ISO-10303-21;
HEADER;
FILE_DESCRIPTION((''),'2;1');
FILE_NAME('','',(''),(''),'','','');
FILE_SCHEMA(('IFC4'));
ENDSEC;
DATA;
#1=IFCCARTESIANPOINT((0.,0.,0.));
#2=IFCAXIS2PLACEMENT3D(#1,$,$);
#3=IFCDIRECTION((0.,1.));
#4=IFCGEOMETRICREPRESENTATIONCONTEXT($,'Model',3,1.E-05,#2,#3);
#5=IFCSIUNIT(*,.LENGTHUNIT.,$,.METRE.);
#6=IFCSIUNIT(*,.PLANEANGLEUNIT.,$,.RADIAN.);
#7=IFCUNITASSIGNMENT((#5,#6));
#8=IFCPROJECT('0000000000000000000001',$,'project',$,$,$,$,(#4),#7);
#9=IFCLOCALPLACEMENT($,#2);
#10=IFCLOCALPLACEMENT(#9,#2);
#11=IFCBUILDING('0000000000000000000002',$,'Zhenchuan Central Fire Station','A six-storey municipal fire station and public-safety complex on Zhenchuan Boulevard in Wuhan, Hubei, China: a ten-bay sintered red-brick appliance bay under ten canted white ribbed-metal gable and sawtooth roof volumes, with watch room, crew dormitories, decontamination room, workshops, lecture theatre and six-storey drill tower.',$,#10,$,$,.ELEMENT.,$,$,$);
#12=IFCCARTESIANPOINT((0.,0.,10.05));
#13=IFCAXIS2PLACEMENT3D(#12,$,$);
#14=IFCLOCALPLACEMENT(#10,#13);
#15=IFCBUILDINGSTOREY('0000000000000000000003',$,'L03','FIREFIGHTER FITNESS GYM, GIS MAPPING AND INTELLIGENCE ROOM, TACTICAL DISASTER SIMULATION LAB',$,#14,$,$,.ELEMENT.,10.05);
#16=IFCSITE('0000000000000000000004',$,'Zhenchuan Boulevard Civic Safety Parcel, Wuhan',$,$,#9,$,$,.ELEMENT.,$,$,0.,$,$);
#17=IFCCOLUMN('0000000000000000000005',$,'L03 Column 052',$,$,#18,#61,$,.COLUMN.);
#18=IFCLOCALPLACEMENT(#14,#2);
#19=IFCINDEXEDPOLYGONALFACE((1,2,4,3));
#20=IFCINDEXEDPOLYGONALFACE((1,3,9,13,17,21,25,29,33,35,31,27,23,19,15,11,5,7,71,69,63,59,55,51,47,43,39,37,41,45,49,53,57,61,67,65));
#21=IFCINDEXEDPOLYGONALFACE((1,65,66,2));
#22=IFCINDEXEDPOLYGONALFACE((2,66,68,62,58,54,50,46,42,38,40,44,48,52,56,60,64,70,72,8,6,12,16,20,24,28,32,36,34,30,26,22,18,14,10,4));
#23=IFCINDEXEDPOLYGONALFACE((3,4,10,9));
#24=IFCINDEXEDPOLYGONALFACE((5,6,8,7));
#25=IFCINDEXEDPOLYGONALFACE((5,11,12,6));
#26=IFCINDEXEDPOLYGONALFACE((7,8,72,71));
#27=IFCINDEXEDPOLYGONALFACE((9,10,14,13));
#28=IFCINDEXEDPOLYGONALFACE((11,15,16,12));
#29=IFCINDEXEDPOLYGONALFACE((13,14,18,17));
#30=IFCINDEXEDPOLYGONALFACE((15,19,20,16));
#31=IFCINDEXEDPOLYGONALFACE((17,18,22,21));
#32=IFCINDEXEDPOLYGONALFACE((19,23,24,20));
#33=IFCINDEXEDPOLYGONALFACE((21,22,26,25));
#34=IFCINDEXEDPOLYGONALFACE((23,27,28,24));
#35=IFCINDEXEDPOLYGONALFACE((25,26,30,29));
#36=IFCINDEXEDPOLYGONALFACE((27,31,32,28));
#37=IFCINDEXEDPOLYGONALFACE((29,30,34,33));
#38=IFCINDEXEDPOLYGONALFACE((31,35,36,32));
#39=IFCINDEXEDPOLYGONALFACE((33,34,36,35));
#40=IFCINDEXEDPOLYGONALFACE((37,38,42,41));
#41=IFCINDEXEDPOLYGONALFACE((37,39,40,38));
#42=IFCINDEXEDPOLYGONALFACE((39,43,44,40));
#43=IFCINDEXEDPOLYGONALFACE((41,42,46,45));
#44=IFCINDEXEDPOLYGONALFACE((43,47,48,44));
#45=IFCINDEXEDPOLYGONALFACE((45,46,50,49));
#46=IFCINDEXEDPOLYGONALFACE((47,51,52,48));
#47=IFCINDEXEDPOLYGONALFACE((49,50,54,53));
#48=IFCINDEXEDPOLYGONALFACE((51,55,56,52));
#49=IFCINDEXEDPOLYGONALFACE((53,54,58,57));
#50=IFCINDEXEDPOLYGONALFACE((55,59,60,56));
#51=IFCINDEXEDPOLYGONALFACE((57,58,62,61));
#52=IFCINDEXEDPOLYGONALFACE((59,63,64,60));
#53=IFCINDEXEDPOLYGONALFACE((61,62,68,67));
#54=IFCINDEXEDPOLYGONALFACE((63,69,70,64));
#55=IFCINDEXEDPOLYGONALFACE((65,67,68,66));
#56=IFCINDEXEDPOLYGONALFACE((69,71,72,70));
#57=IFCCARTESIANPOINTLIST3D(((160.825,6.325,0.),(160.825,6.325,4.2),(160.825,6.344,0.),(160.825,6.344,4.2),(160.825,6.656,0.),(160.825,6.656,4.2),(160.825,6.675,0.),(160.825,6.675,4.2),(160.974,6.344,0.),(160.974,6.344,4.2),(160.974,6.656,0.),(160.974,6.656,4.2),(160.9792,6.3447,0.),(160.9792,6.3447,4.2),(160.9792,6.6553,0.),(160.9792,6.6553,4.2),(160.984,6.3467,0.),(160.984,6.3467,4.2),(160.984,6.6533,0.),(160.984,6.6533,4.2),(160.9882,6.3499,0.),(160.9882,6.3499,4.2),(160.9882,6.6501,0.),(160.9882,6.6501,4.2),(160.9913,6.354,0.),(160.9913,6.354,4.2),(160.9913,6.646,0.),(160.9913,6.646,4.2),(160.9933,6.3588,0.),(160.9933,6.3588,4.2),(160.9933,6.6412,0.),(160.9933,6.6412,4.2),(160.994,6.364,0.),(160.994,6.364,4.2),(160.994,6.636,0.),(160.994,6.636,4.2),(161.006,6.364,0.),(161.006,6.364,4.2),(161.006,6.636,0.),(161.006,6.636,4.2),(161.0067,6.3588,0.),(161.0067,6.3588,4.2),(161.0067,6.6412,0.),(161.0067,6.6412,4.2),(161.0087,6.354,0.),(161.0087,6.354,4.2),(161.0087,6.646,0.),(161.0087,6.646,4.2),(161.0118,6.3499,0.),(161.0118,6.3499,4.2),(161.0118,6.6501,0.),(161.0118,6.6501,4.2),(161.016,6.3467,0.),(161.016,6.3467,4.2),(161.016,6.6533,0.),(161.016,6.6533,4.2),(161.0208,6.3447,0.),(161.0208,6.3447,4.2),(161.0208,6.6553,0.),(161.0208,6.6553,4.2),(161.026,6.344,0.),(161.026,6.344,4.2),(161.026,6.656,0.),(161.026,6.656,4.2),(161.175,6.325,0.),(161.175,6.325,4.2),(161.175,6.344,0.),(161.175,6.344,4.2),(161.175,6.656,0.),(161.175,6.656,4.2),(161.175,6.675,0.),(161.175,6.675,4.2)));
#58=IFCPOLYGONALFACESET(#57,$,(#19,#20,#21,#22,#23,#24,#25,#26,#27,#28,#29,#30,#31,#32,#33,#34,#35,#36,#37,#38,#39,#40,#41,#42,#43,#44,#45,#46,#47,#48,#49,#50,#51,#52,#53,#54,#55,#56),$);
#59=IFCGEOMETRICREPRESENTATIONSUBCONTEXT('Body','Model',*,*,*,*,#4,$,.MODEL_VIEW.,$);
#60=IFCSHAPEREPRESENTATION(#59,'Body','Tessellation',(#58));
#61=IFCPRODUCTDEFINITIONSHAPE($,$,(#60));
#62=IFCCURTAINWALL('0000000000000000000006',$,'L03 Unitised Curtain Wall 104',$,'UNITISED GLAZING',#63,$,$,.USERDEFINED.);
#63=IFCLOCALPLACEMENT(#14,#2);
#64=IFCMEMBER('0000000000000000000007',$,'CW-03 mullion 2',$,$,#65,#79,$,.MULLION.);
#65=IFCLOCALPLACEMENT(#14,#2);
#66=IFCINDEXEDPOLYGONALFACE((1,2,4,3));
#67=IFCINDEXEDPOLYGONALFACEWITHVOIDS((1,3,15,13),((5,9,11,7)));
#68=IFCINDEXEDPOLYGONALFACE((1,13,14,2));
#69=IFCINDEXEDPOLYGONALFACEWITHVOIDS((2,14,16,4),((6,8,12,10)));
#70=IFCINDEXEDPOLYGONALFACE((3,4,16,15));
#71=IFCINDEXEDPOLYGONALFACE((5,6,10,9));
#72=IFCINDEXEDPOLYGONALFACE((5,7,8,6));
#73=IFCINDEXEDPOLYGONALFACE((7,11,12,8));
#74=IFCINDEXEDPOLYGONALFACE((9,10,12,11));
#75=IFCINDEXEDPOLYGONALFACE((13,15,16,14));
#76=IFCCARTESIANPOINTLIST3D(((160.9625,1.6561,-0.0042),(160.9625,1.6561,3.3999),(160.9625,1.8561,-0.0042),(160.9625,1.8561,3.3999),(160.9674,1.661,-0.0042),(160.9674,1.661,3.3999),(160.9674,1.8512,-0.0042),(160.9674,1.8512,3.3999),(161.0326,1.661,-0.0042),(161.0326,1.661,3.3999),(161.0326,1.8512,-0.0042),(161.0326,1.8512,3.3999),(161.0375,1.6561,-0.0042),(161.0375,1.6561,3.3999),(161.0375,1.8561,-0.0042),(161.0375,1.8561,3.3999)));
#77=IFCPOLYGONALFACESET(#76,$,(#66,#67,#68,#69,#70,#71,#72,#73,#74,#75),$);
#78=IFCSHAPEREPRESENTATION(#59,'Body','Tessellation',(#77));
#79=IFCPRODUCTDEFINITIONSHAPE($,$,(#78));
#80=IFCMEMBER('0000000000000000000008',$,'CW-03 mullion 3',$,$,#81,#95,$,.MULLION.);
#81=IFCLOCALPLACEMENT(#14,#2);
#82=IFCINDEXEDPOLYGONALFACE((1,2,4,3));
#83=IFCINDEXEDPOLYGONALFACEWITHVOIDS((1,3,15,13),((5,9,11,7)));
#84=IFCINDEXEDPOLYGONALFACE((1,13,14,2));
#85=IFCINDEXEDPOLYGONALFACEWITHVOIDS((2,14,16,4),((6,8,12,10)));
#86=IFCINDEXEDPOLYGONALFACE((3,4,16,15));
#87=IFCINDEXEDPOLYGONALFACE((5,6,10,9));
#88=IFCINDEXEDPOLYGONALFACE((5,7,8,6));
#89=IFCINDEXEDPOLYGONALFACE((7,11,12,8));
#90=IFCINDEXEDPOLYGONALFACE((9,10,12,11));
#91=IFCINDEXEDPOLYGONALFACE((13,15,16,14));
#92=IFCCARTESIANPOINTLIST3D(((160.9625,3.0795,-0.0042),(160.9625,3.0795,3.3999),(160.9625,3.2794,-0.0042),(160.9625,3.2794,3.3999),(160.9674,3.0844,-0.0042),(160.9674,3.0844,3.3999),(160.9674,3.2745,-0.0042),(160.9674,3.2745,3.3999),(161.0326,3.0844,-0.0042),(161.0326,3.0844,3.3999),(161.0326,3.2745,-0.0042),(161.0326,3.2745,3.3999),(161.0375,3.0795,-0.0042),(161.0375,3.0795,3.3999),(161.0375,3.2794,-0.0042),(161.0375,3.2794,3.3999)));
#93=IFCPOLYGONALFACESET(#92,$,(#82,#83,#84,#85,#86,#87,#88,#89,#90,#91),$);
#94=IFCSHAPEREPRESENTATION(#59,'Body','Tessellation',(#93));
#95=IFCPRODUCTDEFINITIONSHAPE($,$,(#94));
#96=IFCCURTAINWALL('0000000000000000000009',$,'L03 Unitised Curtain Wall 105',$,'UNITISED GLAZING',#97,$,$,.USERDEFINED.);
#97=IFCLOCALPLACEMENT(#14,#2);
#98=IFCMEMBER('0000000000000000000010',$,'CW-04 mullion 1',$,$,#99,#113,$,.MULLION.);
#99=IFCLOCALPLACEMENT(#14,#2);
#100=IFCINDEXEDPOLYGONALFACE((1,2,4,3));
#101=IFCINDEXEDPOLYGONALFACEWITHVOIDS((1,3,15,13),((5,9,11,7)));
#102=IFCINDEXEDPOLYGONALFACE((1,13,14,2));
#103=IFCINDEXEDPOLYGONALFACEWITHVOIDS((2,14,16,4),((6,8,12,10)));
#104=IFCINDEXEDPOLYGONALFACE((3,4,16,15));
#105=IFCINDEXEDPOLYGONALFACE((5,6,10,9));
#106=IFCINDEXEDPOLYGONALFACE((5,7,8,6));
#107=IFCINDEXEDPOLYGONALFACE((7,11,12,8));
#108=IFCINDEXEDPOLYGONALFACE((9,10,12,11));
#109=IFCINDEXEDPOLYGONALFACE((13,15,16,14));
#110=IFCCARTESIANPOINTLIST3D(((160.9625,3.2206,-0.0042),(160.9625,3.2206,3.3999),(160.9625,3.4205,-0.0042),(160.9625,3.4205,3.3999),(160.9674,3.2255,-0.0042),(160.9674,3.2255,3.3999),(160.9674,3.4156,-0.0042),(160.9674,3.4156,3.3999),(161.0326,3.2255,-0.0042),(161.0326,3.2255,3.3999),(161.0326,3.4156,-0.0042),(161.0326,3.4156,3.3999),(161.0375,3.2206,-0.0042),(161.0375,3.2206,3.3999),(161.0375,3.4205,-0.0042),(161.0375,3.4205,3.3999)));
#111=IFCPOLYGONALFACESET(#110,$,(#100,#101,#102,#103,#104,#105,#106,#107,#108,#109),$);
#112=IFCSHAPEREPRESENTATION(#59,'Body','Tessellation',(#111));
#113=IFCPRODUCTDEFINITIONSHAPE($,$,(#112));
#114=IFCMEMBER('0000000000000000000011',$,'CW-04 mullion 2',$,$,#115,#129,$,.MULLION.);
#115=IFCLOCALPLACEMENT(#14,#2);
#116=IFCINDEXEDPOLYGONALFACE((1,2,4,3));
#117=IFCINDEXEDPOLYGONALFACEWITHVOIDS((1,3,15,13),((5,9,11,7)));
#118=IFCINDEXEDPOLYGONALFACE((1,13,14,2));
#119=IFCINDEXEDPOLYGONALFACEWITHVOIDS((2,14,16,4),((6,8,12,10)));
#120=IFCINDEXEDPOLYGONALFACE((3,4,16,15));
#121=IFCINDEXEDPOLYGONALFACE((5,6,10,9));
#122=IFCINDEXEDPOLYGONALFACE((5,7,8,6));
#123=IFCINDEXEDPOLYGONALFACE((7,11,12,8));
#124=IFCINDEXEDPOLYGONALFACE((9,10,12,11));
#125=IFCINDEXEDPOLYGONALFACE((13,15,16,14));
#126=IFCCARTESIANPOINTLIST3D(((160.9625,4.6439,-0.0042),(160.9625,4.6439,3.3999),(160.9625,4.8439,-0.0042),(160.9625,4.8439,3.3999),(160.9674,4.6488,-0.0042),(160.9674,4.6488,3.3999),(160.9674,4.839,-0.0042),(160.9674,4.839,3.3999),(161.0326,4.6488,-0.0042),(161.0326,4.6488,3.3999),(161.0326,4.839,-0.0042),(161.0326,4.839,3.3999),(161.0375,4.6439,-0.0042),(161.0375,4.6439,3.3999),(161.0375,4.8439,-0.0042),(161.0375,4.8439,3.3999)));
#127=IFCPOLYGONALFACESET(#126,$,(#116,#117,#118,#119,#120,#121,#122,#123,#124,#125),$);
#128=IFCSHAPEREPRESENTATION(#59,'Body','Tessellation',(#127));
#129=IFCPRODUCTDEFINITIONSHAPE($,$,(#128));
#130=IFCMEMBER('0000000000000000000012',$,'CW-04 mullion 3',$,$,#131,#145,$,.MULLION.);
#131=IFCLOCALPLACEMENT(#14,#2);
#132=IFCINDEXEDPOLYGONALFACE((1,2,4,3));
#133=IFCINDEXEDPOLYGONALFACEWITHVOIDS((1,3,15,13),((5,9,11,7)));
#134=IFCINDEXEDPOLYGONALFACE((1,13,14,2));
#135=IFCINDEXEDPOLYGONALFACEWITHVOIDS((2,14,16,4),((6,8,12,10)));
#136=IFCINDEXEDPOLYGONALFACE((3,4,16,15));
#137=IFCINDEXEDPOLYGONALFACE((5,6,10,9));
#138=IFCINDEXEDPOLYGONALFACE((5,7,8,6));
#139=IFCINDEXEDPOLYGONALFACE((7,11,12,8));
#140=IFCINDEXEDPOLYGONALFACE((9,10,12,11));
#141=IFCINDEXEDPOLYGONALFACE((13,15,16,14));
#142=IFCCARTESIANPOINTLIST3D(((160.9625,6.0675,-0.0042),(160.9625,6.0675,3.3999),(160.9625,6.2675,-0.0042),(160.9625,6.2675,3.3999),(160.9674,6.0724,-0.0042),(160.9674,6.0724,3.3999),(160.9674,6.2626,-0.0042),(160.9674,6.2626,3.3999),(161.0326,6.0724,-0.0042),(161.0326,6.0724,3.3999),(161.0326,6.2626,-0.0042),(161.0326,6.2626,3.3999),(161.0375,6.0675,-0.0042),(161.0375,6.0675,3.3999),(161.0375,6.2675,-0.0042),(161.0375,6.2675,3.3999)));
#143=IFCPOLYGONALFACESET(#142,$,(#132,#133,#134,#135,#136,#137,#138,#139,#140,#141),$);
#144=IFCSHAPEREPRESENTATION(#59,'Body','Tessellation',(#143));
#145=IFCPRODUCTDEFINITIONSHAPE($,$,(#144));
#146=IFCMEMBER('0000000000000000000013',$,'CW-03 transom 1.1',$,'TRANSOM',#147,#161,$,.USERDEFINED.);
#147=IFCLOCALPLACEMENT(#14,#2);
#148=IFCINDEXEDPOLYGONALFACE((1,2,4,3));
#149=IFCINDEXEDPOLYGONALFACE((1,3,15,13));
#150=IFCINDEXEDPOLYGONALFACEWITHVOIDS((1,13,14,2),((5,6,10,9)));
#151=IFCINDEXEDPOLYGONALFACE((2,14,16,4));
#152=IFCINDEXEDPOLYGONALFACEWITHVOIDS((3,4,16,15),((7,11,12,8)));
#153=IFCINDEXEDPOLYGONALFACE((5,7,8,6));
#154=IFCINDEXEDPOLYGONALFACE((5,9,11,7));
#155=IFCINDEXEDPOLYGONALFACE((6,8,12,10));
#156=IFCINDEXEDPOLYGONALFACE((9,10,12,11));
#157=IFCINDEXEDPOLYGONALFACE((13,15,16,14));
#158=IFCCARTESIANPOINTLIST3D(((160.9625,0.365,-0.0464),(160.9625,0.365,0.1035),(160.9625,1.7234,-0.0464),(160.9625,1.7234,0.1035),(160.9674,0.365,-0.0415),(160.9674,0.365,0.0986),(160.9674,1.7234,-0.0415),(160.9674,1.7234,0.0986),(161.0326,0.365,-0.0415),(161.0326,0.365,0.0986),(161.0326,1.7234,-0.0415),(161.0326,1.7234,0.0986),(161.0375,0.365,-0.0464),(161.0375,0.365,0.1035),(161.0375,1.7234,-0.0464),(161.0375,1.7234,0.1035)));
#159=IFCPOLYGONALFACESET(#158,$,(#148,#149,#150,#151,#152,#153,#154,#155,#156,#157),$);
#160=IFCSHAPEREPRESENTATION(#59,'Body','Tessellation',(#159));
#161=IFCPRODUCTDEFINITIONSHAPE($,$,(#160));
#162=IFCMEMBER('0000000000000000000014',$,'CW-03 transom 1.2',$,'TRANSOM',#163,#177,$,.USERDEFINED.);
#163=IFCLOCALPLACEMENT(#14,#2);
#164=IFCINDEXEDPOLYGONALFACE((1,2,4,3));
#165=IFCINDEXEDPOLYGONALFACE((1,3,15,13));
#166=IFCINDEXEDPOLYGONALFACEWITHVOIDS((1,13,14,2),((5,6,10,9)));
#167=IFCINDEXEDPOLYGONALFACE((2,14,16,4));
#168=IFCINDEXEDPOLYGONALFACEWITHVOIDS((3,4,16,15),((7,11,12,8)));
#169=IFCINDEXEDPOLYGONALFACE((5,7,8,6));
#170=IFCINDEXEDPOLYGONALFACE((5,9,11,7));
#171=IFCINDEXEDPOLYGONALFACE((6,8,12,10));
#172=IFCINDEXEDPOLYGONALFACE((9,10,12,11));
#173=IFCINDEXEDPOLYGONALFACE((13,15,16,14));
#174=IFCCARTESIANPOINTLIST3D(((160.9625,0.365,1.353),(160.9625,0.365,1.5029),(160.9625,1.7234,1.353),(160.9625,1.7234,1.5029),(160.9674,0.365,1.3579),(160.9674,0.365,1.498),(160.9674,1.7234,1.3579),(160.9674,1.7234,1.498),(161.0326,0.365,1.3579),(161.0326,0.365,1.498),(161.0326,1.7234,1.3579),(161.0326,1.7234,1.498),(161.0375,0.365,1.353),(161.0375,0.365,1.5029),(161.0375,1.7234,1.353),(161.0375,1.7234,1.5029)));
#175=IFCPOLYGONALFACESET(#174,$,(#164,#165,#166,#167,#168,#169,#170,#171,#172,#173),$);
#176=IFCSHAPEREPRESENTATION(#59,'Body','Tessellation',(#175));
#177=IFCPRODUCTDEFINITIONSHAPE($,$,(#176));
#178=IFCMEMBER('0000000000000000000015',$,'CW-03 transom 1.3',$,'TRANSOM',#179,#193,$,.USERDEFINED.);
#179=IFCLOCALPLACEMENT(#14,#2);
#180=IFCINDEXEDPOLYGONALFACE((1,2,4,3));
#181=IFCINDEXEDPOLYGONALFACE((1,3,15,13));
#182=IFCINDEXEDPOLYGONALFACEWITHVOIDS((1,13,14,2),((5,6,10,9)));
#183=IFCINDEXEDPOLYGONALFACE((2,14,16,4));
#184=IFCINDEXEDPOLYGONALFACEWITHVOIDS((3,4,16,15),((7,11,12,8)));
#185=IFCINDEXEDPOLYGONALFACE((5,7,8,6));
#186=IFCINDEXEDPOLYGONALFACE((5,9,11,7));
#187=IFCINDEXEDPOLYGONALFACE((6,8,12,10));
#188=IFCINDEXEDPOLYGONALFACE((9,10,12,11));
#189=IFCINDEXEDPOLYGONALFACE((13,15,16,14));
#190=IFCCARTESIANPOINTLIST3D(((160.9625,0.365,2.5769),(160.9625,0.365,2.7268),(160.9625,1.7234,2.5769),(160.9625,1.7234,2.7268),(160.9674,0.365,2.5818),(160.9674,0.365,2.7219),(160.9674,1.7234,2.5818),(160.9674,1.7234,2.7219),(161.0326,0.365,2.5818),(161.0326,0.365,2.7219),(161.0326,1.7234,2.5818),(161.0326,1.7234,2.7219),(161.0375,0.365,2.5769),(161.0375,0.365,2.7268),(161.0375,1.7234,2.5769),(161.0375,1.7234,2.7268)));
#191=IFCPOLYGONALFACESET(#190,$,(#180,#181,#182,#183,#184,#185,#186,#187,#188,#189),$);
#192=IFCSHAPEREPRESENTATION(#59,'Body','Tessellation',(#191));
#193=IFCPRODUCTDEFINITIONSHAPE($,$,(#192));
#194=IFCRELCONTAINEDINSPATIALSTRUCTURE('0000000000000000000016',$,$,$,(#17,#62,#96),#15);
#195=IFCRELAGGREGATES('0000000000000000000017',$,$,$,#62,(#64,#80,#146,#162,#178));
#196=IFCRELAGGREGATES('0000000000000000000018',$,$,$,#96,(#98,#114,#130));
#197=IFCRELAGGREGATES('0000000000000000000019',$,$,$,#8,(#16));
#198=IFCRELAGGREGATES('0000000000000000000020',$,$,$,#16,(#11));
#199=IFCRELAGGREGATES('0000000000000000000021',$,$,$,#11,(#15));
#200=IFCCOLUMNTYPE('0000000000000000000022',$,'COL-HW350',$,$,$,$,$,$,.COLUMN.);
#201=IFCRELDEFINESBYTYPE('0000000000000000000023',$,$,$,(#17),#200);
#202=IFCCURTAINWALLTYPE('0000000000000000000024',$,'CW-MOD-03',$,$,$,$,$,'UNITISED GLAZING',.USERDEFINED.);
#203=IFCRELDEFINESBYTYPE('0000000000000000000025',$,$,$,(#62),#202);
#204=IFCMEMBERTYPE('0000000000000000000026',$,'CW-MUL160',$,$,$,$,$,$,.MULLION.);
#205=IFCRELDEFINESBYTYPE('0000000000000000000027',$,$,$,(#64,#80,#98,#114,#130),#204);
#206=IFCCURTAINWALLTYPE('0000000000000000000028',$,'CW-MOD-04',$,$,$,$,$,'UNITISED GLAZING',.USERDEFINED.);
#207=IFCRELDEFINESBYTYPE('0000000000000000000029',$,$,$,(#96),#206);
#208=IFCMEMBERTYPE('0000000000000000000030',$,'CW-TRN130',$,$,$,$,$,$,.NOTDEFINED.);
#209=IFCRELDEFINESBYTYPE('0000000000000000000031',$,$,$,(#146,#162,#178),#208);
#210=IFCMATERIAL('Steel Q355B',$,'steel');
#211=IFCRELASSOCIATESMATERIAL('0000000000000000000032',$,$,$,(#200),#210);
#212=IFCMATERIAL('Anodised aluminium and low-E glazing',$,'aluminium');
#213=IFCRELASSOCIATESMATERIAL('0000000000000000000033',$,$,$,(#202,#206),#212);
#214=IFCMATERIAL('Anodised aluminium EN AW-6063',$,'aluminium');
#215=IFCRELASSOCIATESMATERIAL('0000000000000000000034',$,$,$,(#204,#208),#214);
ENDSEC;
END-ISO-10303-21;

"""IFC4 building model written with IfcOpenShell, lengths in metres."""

from ifc_helpers import new_model, si_unit, direction, frame, origin, origin_2d, place, context, subcontext, project, spatial, hollow_rectangle, i_section, extrude, material, material_profile, profile_set, type_object, element, aggregate, save


model = new_model("IFC4")

# Units and contexts
model_context = context("Model", 3, precision=1e-05, world=origin(), true_north=direction((0.0, 1.0)))
body_context = subcontext(model_context, "Body", "Model", "MODEL_VIEW")
ifc_project = project(units=[si_unit("LENGTHUNIT", "METRE"), si_unit("PLANEANGLEUNIT", "RADIAN")], contexts=[model_context])

# Site, building, storey
site_placement = place(None, origin())
site = spatial("IfcSite", under=ifc_project, at=site_placement, Name="Zhenchuan Boulevard Civic Safety Parcel, Wuhan", CompositionType="ELEMENT", RefElevation=0.0)
building_placement = place(site_placement, origin())
building = spatial("IfcBuilding", under=site, at=building_placement, Name="Zhenchuan Central Fire Station", Description="A six-storey municipal fire station and public-safety complex on Zhenchuan Boulevard in Wuhan, Hubei, China: a ten-bay sintered red-brick appliance bay under ten canted white ribbed-metal gable and sawtooth roof volumes, with watch room, crew dormitories, decontamination room, workshops, lecture theatre and six-storey drill tower.", CompositionType="ELEMENT")
storey_placement = place(building_placement, frame((0.0, 0.0, 10.05)))
storey = spatial("IfcBuildingStorey", under=building, at=storey_placement, Name="L03", Description="FIREFIGHTER FITNESS GYM, GIS MAPPING AND INTELLIGENCE ROOM, TACTICAL DISASTER SIMULATION LAB", CompositionType="ELEMENT", Elevation=10.05)

# Column
ifc_material_1 = material(Name="Steel Q355B", Category="steel")
ifc_material_profile_1 = material_profile(ifc_material_1, i_section(OverallWidth=0.3501, OverallDepth=0.3501, WebThickness=0.012, FlangeThickness=0.019, FilletRadius=0.02, at=origin_2d()), Name="HW 350x350")
ifc_profile_set_1 = profile_set([ifc_material_profile_1], Name="Steel Q355B")
column_type = type_object("IfcColumnType", Name="COL-HW350", PredefinedType="COLUMN", material=ifc_profile_set_1)
column_placement = place(storey_placement, frame((161.0, 6.5, 0.0), z_axis=(0.0, 0.0, 1.0), x_axis=(1.0, 0.0, 0.0)))
element("IfcColumn", 1, at=column_placement, inside=storey, type_object=column_type, Name="L03 Column 052", PredefinedType="COLUMN", context=body_context, shape_type="SweptSolid", body=[
    extrude(i_section(OverallWidth=0.3501, OverallDepth=0.3501, WebThickness=0.012, FlangeThickness=0.019, FilletRadius=0.02, at=origin_2d()), origin(), (0.0, 0.0, 1.0), 4.2),
])

# Curtain walls, members
ifc_material_2 = material(Name="Anodised aluminium and low-E glazing", Category="aluminium")
curtain_wall_type_1 = type_object("IfcCurtainWallType", Name="CW-MOD-03", ElementType="UNITISED GLAZING", PredefinedType="USERDEFINED", material=ifc_material_2)
curtain_wall_1_placement = place(storey_placement, origin())
curtain_wall_1 = element("IfcCurtainWall", 2, at=curtain_wall_1_placement, inside=storey, type_object=curtain_wall_type_1, Name="L03 Unitised Curtain Wall 104", ObjectType="UNITISED GLAZING", PredefinedType="USERDEFINED")
ifc_material_3 = material(Name="Anodised aluminium EN AW-6063", Category="aluminium")
ifc_material_profile_2 = material_profile(ifc_material_3, hollow_rectangle(XDim=0.075, YDim=0.2, WallThickness=0.0049, at=origin_2d()), Name="ALU-M 200x75")
ifc_profile_set_2 = profile_set([ifc_material_profile_2], Name="Anodised aluminium EN AW-6063")
member_type_1 = type_object("IfcMemberType", Name="CW-MUL160", PredefinedType="MULLION", material=ifc_profile_set_2)
member_1_placement = place(storey_placement, frame((161.0, 1.7561, -0.0042), z_axis=(0.0, 0.0, 1.0), x_axis=(-1.0, 0.0, 0.0)))
member_1 = element("IfcMember", 3, at=member_1_placement, type_object=member_type_1, Name="CW-03 mullion 2", PredefinedType="MULLION", context=body_context, shape_type="SweptSolid", body=[
    extrude(hollow_rectangle(XDim=0.075, YDim=0.2, WallThickness=0.0049, at=origin_2d()), origin(), (0.0, 0.0, 1.0), 3.4041),
])
member_2_placement = place(storey_placement, frame((161.0, 3.1794, -0.0042), z_axis=(0.0, 0.0, 1.0), x_axis=(-1.0, 0.0, 0.0)))
member_2 = element("IfcMember", 4, at=member_2_placement, type_object=member_type_1, Name="CW-03 mullion 3", PredefinedType="MULLION", context=body_context, shape_type="SweptSolid", body=[
    extrude(hollow_rectangle(XDim=0.075, YDim=0.2, WallThickness=0.0049, at=origin_2d()), origin(), (0.0, 0.0, 1.0), 3.4041),
])
curtain_wall_type_2 = type_object("IfcCurtainWallType", Name="CW-MOD-04", ElementType="UNITISED GLAZING", PredefinedType="USERDEFINED", material=ifc_material_2)
curtain_wall_2_placement = place(storey_placement, origin())
curtain_wall_2 = element("IfcCurtainWall", 5, at=curtain_wall_2_placement, inside=storey, type_object=curtain_wall_type_2, Name="L03 Unitised Curtain Wall 105", ObjectType="UNITISED GLAZING", PredefinedType="USERDEFINED")
member_3_placement = place(storey_placement, frame((161.0, 3.3206, -0.0042), z_axis=(0.0, 0.0, 1.0), x_axis=(-1.0, 0.0, 0.0)))
member_3 = element("IfcMember", 6, at=member_3_placement, type_object=member_type_1, Name="CW-04 mullion 1", PredefinedType="MULLION", context=body_context, shape_type="SweptSolid", body=[
    extrude(hollow_rectangle(XDim=0.075, YDim=0.2, WallThickness=0.0049, at=origin_2d()), origin(), (0.0, 0.0, 1.0), 3.4041),
])
member_4_placement = place(storey_placement, frame((161.0, 4.7439, -0.0042), z_axis=(0.0, 0.0, 1.0), x_axis=(-1.0, 0.0, 0.0)))
member_4 = element("IfcMember", 7, at=member_4_placement, type_object=member_type_1, Name="CW-04 mullion 2", PredefinedType="MULLION", context=body_context, shape_type="SweptSolid", body=[
    extrude(hollow_rectangle(XDim=0.075, YDim=0.2, WallThickness=0.0049, at=origin_2d()), origin(), (0.0, 0.0, 1.0), 3.4041),
])
member_5_placement = place(storey_placement, frame((161.0, 6.1675, -0.0042), z_axis=(0.0, 0.0, 1.0), x_axis=(-1.0, 0.0, 0.0)))
member_5 = element("IfcMember", 8, at=member_5_placement, type_object=member_type_1, Name="CW-04 mullion 3", PredefinedType="MULLION", context=body_context, shape_type="SweptSolid", body=[
    extrude(hollow_rectangle(XDim=0.075, YDim=0.2, WallThickness=0.0049, at=origin_2d()), origin(), (0.0, 0.0, 1.0), 3.4041),
])

# Members
ifc_material_profile_3 = material_profile(ifc_material_3, hollow_rectangle(XDim=0.075, YDim=0.1499, WallThickness=0.0049, at=origin_2d()), Name="ALU-T 150x75")
ifc_profile_set_3 = profile_set([ifc_material_profile_3], Name="Anodised aluminium EN AW-6063")
member_type_2 = type_object("IfcMemberType", Name="CW-TRN130", PredefinedType="NOTDEFINED", material=ifc_profile_set_3)
member_6_placement = place(storey_placement, frame((161.0, 0.365, 0.0286), z_axis=(0.0, 1.0, 0.0), x_axis=(-1.0, 0.0, 0.0)))
member_6 = element("IfcMember", 9, at=member_6_placement, type_object=member_type_2, Name="CW-03 transom 1.1", ObjectType="TRANSOM", PredefinedType="USERDEFINED", context=body_context, shape_type="SweptSolid", body=[
    extrude(hollow_rectangle(XDim=0.075, YDim=0.1499, WallThickness=0.0049, at=origin_2d()), origin(), (0.0, 0.0, 1.0), 1.3584),
])
member_7_placement = place(storey_placement, frame((161.0, 0.365, 1.428), z_axis=(0.0, 1.0, 0.0), x_axis=(-1.0, 0.0, 0.0)))
member_7 = element("IfcMember", 10, at=member_7_placement, type_object=member_type_2, Name="CW-03 transom 1.2", ObjectType="TRANSOM", PredefinedType="USERDEFINED", context=body_context, shape_type="SweptSolid", body=[
    extrude(hollow_rectangle(XDim=0.075, YDim=0.1499, WallThickness=0.0049, at=origin_2d()), origin(), (0.0, 0.0, 1.0), 1.3584),
])
member_8_placement = place(storey_placement, frame((161.0, 0.365, 2.6519), z_axis=(0.0, 1.0, 0.0), x_axis=(-1.0, 0.0, 0.0)))
member_8 = element("IfcMember", 11, at=member_8_placement, type_object=member_type_2, Name="CW-03 transom 1.3", ObjectType="TRANSOM", PredefinedType="USERDEFINED", context=body_context, shape_type="SweptSolid", body=[
    extrude(hollow_rectangle(XDim=0.075, YDim=0.1499, WallThickness=0.0049, at=origin_2d()), origin(), (0.0, 0.0, 1.0), 1.3584),
])

aggregate(curtain_wall_1, [member_1, member_2, member_6, member_7, member_8])
aggregate(curtain_wall_2, [member_3, member_4, member_5])

save(model, "model.ifc")
